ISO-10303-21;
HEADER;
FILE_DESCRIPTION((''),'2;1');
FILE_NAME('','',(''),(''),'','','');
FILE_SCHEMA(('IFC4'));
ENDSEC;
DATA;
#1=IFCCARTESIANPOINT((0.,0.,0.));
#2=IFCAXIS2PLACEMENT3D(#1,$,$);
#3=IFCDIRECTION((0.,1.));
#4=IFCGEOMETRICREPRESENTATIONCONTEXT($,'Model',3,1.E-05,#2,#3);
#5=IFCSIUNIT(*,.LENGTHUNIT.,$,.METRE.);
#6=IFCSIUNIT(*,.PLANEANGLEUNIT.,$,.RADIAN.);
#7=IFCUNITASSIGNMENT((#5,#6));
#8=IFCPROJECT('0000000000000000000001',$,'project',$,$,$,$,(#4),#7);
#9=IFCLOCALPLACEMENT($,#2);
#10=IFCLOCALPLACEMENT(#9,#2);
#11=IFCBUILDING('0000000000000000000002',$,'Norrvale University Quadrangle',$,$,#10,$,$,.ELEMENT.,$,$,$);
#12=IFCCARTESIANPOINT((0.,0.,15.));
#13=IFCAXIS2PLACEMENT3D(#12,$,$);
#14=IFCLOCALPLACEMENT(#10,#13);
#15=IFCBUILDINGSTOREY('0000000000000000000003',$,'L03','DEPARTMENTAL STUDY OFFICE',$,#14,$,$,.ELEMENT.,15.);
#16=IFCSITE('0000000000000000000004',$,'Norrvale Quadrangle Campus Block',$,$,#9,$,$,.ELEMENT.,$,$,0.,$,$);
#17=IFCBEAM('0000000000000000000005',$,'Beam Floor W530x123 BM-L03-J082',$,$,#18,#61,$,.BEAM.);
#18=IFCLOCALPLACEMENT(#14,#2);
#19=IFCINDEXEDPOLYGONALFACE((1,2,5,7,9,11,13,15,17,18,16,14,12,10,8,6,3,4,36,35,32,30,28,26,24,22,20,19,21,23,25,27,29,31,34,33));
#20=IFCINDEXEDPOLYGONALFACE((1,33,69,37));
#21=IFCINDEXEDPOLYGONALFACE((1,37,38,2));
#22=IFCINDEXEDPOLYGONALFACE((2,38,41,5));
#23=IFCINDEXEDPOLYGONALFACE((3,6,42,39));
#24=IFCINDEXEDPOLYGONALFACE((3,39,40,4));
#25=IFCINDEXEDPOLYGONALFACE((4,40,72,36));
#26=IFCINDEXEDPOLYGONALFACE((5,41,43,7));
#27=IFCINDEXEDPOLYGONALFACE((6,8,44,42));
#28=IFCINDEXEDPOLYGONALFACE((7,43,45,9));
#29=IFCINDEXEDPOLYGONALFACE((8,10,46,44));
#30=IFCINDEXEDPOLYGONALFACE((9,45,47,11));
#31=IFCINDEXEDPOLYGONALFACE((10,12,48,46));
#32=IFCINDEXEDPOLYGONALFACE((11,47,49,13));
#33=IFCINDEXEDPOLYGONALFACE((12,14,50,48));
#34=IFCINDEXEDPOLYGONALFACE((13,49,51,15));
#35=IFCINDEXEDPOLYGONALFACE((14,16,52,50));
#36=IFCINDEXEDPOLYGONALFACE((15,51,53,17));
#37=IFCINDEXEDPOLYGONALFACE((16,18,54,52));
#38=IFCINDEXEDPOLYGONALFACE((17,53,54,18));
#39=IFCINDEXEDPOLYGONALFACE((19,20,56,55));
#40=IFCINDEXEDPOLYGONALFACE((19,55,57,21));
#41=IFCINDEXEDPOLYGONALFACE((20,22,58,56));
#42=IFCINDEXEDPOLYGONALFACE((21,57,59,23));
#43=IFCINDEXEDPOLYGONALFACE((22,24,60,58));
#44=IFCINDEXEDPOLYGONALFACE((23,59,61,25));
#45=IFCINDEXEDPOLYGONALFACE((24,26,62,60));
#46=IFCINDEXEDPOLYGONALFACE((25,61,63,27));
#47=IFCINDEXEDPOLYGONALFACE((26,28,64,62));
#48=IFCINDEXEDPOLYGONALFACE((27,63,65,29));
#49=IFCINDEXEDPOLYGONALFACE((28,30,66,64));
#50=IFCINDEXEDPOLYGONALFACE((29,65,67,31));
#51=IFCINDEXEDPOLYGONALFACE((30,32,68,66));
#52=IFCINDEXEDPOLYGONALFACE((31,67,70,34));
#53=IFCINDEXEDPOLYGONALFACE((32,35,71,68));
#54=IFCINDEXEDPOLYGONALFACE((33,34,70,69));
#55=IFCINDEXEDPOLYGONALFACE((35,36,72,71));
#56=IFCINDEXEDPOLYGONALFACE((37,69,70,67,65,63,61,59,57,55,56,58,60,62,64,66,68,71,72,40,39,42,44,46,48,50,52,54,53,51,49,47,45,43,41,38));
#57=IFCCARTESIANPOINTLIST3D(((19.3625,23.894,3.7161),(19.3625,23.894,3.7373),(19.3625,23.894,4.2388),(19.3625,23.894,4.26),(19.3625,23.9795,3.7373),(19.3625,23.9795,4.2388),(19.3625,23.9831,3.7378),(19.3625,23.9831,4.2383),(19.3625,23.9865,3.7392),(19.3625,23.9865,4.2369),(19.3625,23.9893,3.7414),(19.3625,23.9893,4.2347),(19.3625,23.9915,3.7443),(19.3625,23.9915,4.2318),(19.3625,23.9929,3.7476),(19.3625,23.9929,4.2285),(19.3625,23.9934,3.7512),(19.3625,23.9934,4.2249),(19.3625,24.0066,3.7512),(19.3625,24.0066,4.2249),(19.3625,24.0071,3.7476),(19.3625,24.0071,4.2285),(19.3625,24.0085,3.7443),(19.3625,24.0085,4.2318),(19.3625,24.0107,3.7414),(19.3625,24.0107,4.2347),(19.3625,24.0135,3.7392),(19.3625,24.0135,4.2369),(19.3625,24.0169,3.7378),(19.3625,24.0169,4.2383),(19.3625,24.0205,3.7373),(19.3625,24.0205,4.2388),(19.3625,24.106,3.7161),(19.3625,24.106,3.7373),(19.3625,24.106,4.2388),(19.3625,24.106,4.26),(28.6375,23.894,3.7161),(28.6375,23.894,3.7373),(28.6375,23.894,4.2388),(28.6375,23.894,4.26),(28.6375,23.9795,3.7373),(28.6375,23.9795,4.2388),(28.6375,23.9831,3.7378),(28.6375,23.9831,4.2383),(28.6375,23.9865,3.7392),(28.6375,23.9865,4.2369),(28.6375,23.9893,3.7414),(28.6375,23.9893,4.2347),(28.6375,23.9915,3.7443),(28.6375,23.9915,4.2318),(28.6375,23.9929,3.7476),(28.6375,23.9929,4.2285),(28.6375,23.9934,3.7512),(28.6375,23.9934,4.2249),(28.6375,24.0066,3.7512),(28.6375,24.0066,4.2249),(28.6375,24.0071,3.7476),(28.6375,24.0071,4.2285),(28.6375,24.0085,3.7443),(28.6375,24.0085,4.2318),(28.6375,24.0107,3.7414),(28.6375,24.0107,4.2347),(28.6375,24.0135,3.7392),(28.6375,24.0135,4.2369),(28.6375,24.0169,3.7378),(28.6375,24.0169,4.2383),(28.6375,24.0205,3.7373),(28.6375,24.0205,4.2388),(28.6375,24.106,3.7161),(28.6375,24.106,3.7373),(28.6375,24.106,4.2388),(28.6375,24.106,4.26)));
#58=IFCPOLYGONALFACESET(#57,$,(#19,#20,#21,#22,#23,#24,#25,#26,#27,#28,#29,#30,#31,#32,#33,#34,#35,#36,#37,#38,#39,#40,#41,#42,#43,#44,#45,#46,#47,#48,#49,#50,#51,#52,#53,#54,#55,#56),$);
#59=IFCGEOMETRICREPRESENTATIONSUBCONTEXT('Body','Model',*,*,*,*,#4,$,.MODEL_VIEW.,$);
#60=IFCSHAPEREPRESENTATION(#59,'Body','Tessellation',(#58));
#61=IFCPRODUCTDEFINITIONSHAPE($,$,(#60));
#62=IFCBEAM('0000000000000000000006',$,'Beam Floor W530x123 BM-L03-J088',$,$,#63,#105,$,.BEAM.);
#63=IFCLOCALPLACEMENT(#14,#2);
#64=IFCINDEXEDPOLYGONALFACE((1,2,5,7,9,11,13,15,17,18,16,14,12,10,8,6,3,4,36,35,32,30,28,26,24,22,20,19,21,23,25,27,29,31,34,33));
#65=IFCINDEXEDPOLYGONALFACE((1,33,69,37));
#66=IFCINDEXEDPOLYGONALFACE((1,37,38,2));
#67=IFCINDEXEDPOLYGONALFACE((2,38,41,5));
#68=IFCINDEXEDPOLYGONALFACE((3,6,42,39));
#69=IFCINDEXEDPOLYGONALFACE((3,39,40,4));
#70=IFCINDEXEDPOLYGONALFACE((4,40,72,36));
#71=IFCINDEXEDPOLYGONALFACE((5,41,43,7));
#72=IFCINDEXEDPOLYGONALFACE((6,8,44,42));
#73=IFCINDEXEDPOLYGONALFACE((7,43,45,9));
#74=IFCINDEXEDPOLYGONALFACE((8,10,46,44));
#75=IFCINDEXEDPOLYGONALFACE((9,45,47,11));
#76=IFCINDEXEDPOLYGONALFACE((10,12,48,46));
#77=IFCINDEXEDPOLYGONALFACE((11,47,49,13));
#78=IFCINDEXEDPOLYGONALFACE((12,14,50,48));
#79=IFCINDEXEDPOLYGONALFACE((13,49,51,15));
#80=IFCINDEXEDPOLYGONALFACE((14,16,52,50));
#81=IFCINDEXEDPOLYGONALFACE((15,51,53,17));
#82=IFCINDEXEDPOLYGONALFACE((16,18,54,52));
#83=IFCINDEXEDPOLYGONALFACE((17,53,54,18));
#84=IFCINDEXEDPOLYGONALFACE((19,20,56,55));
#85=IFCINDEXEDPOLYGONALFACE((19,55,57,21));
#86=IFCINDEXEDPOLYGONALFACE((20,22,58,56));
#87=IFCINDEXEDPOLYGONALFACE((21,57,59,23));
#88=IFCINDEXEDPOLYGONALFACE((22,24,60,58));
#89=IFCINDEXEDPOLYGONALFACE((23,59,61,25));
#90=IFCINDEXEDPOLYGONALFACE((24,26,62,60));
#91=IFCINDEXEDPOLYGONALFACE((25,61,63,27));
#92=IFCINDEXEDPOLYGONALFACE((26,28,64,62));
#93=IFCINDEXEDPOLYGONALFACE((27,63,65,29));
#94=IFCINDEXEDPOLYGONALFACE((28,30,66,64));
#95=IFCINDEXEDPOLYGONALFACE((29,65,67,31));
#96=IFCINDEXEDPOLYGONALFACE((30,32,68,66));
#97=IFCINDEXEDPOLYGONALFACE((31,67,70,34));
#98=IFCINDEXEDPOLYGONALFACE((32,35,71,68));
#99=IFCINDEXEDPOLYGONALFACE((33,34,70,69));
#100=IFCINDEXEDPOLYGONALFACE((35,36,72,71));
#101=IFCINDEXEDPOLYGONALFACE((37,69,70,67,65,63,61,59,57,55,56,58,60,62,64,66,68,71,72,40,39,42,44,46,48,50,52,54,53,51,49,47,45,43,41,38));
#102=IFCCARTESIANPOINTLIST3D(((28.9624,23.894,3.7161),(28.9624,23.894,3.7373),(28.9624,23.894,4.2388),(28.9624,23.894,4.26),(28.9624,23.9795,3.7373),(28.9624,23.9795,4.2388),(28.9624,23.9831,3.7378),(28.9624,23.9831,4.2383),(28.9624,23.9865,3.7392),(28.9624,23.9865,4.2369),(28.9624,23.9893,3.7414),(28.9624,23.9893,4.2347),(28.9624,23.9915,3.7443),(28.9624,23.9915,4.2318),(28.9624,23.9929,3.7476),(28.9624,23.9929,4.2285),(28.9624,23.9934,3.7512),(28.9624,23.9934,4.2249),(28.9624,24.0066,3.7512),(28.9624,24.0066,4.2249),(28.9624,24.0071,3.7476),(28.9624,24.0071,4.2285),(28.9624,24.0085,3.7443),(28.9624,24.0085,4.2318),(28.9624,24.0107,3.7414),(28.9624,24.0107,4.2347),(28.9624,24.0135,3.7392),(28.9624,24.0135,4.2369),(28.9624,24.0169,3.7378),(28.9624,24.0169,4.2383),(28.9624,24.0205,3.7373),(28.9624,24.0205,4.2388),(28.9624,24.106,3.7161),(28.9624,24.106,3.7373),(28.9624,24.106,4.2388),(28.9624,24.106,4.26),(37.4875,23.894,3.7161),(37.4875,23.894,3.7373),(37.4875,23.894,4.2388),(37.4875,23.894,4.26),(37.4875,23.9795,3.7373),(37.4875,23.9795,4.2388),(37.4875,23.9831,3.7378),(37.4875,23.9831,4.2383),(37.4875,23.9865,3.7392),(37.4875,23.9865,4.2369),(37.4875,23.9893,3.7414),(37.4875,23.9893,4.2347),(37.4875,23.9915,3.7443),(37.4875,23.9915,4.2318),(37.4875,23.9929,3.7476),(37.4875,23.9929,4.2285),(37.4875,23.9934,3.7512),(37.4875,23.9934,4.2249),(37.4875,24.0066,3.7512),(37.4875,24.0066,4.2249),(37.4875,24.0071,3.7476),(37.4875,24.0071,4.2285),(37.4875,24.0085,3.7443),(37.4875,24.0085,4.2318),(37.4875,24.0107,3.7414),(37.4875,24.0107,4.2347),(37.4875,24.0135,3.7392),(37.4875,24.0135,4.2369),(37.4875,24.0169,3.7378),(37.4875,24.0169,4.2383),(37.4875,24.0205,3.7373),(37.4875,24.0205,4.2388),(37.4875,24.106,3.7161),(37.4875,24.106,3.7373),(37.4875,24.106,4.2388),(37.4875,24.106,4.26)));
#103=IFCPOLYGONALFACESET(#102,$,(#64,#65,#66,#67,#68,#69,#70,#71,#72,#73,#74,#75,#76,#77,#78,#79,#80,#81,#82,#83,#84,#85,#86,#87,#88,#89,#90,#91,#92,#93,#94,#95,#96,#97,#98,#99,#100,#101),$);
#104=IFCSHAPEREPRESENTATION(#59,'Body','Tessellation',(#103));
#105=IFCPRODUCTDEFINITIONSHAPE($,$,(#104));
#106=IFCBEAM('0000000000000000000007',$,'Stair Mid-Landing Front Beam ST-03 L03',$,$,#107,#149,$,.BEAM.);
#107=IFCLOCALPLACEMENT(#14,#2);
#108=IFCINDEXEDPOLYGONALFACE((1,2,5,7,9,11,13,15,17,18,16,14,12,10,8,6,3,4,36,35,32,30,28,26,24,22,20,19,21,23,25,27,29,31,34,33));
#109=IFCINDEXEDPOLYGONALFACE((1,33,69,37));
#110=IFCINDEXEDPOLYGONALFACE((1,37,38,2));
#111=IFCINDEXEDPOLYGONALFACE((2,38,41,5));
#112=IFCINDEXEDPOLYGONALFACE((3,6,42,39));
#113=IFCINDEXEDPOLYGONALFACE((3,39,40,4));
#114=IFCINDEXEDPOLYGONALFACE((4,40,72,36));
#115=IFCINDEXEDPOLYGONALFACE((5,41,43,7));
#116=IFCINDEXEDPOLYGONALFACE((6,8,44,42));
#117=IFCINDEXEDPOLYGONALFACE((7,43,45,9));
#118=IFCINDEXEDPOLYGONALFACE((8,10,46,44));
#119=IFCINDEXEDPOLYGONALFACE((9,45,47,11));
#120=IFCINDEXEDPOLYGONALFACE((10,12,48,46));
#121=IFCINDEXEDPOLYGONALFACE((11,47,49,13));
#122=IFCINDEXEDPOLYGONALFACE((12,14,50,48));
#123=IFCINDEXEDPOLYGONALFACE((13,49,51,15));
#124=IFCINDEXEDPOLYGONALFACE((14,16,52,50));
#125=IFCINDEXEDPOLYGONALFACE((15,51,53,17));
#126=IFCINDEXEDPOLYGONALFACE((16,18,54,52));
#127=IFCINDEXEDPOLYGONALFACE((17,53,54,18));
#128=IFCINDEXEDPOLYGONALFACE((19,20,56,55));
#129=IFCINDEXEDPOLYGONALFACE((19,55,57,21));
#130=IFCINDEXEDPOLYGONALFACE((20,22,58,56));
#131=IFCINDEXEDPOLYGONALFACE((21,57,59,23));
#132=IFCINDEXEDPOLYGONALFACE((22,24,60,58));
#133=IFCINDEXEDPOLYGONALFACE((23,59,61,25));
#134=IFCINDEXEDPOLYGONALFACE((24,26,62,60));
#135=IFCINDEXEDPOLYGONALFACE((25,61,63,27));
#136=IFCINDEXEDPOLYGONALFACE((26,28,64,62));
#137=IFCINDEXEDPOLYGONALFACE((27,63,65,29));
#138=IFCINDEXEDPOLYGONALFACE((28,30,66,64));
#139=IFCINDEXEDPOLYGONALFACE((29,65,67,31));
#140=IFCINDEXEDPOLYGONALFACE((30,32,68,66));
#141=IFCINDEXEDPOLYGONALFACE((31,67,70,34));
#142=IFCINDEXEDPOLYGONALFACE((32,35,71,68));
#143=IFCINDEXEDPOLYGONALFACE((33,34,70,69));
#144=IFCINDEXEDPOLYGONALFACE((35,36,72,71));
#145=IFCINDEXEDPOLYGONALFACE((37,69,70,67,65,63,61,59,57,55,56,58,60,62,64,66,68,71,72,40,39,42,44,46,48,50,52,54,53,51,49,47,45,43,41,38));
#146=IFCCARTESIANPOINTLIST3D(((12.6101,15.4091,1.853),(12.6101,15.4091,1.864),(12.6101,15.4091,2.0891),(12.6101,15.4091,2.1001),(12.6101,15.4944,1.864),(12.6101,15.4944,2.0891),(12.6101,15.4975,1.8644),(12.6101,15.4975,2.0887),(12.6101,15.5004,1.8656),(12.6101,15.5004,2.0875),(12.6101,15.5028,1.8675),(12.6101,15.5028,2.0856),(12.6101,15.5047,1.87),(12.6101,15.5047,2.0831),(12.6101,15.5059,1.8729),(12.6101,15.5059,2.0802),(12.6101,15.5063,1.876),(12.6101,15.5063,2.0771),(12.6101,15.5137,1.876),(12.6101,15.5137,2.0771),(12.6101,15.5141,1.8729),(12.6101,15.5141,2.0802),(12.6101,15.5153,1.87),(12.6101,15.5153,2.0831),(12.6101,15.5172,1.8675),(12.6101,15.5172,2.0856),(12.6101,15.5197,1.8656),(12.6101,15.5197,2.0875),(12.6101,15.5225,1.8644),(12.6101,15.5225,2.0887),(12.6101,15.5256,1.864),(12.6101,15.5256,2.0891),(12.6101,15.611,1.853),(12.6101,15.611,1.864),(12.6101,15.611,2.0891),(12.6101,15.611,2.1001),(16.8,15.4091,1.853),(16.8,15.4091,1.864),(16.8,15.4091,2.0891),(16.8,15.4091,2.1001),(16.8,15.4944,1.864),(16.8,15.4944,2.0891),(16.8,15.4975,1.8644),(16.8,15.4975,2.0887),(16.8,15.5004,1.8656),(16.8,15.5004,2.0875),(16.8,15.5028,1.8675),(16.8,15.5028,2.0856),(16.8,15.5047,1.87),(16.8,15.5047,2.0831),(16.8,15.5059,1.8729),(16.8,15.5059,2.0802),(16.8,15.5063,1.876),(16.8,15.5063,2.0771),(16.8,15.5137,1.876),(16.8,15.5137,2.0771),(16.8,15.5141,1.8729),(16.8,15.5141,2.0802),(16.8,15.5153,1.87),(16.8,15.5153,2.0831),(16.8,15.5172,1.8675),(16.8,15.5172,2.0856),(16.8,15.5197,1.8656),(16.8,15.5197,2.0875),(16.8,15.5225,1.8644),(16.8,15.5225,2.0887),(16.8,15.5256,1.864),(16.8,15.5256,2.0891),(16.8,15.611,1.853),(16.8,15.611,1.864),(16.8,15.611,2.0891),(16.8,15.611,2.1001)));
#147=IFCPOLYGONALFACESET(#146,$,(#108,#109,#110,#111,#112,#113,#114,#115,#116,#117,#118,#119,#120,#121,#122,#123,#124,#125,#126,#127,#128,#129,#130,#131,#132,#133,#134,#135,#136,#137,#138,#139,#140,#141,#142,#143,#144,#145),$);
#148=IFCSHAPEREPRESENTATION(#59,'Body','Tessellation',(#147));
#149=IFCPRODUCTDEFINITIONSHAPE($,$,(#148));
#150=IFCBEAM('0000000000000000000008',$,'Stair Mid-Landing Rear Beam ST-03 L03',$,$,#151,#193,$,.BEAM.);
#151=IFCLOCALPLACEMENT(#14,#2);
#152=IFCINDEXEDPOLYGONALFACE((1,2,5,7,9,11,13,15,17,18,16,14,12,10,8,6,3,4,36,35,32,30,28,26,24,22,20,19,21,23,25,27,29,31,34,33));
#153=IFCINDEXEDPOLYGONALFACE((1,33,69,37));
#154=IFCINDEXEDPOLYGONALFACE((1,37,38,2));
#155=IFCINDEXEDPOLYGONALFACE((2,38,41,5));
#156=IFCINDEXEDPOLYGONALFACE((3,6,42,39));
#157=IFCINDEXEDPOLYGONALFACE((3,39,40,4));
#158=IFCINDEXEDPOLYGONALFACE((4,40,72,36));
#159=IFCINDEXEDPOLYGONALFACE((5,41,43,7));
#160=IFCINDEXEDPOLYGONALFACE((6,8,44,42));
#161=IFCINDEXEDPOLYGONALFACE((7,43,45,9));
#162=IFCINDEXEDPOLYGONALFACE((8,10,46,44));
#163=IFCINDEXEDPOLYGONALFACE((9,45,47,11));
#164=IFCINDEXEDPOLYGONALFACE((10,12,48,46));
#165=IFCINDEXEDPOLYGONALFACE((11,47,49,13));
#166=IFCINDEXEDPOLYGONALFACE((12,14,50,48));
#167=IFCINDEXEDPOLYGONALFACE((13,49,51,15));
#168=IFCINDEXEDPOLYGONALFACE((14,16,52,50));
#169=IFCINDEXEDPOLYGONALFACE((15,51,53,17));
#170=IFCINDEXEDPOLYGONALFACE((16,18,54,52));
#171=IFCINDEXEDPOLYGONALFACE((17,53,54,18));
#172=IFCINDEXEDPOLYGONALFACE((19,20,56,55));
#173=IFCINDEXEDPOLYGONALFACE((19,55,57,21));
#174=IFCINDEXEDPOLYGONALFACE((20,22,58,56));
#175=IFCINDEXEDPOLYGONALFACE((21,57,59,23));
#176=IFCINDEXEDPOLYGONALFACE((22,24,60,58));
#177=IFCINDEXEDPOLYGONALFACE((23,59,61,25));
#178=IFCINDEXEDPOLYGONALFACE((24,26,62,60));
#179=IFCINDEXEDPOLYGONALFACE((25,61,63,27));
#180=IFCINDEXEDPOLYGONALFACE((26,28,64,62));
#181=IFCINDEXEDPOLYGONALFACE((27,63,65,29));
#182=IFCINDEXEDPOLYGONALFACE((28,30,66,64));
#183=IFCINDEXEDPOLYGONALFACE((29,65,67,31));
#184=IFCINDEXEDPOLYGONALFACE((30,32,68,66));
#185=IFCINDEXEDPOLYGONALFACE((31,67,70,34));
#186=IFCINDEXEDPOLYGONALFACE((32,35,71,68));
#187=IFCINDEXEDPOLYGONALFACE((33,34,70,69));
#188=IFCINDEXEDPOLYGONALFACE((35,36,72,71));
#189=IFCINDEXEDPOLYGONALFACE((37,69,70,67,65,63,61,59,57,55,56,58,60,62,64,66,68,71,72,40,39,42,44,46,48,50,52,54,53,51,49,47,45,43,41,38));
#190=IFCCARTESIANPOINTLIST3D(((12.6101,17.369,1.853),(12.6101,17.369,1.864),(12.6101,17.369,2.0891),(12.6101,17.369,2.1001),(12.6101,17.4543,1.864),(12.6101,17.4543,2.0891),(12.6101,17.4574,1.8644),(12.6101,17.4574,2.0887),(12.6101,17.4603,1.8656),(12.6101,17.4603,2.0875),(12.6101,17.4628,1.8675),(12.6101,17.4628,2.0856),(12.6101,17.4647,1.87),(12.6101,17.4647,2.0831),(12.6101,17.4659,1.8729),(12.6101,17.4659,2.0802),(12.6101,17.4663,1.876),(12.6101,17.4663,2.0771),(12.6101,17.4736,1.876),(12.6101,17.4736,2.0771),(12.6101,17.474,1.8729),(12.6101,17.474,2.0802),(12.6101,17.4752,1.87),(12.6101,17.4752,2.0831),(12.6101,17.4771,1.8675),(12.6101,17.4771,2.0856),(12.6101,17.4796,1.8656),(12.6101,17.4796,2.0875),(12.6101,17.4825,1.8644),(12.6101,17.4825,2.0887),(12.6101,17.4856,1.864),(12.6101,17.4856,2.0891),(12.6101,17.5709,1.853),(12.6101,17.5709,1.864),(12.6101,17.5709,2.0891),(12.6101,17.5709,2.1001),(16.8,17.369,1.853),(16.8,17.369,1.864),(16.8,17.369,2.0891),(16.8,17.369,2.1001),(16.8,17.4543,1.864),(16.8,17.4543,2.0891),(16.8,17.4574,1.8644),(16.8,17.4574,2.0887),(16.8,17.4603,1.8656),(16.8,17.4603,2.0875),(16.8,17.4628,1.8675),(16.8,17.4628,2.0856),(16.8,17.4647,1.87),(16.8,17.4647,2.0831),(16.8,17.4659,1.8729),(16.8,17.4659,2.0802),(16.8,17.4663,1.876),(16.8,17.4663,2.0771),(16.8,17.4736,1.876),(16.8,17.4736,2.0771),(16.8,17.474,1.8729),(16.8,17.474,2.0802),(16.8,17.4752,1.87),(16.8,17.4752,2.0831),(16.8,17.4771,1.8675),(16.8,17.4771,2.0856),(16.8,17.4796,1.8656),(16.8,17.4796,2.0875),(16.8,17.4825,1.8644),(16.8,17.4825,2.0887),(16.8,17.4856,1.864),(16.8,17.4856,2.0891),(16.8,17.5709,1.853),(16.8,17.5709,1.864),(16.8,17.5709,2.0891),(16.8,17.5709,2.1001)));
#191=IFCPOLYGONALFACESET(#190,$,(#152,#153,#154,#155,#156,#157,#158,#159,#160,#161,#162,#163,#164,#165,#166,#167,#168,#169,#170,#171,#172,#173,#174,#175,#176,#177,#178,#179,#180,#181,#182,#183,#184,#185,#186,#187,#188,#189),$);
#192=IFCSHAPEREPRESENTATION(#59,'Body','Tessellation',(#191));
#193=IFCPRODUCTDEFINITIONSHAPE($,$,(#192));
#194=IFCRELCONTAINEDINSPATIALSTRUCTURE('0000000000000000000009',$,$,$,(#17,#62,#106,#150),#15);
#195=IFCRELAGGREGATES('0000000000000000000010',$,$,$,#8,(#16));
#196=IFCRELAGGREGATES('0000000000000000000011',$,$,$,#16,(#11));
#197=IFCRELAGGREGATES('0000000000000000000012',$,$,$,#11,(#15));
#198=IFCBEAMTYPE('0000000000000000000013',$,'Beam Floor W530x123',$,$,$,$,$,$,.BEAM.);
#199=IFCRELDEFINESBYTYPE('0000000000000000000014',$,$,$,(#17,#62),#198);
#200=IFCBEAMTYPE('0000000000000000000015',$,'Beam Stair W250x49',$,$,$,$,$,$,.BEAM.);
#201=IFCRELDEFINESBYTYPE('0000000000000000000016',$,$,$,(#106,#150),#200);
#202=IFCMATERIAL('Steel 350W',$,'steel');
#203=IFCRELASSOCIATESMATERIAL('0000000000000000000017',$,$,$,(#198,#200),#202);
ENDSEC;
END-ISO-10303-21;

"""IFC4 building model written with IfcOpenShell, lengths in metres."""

from ifc_helpers import new_model, si_unit, direction, frame, origin, origin_2d, place, context, subcontext, project, spatial, i_section, extrude, material, material_profile, profile_set, type_object, element, save


model = new_model("IFC4")

# Units and contexts
model_context = context("Model", 3, precision=1e-05, world=origin(), true_north=direction((0.0, 1.0)))
body_context = subcontext(model_context, "Body", "Model", "MODEL_VIEW")
ifc_project = project(units=[si_unit("LENGTHUNIT", "METRE"), si_unit("PLANEANGLEUNIT", "RADIAN")], contexts=[model_context])

# Site, building, storey
site_placement = place(None, origin())
site = spatial("IfcSite", under=ifc_project, at=site_placement, Name="Norrvale Quadrangle Campus Block", CompositionType="ELEMENT", RefElevation=0.0)
building_placement = place(site_placement, origin())
building = spatial("IfcBuilding", under=site, at=building_placement, Name="Norrvale University Quadrangle", CompositionType="ELEMENT")
storey_placement = place(building_placement, frame((0.0, 0.0, 15.0)))
storey = spatial("IfcBuildingStorey", under=building, at=storey_placement, Name="L03", Description="DEPARTMENTAL STUDY OFFICE", CompositionType="ELEMENT", Elevation=15.0)

# Beams
ifc_material_1 = material(Name="Steel 350W", Category="steel")
ifc_material_profile_1 = material_profile(ifc_material_1, i_section(OverallWidth=0.2119, OverallDepth=0.5439, WebThickness=0.0132, FlangeThickness=0.0212, FilletRadius=0.0139, at=origin_2d()), Name="Steel 350W")
ifc_profile_set_1 = profile_set([ifc_material_profile_1], Name="Steel 350W")
beam_type_1 = type_object("IfcBeamType", Name="Beam Floor W530x123", PredefinedType="BEAM", material=ifc_profile_set_1)
for number, where, z_axis, x_axis, name in (
    (1, (19.3625, 24.0, 3.988), (1.0, 0.0, 0.0), (0.0, 1.0, 0.0), "Beam Floor W530x123 BM-L03-J082"),
):
    element("IfcBeam", number, at=place(storey_placement, frame(where, z_axis=z_axis, x_axis=x_axis)), inside=storey, type_object=beam_type_1, Name=name, PredefinedType="BEAM", context=body_context, shape_type="SweptSolid", body=[
        extrude(i_section(OverallWidth=0.2119, OverallDepth=0.5439, WebThickness=0.0132, FlangeThickness=0.0212, FilletRadius=0.0139, at=origin_2d()), origin(), (0.0, 0.0, 1.0), 9.2749),
    ])
beam_1_placement = place(storey_placement, frame((28.9624, 24.0, 3.988), z_axis=(1.0, 0.0, 0.0), x_axis=(0.0, 1.0, 0.0)))
element("IfcBeam", 2, at=beam_1_placement, inside=storey, type_object=beam_type_1, Name="Beam Floor W530x123 BM-L03-J088", PredefinedType="BEAM", context=body_context, shape_type="SweptSolid", body=[
    extrude(i_section(OverallWidth=0.2119, OverallDepth=0.5439, WebThickness=0.0132, FlangeThickness=0.0212, FilletRadius=0.0139, at=origin_2d()), origin(), (0.0, 0.0, 1.0), 8.5251),
])
ifc_material_profile_2 = material_profile(ifc_material_1, i_section(OverallWidth=0.2019, OverallDepth=0.2471, WebThickness=0.0073, FlangeThickness=0.011, FilletRadius=0.012, at=origin_2d()), Name="Steel 350W")
ifc_profile_set_2 = profile_set([ifc_material_profile_2], Name="Steel 350W")
beam_type_2 = type_object("IfcBeamType", Name="Beam Stair W250x49", PredefinedType="BEAM", material=ifc_profile_set_2)
for number, where, z_axis, x_axis, name in (
    (3, (12.6101, 15.51, 1.9766), (1.0, 0.0, 0.0), (0.0, 1.0, 0.0), "Stair Mid-Landing Front Beam ST-03 L03"),
    (4, (12.6101, 17.47, 1.9766), (1.0, 0.0, 0.0), (0.0, 1.0, 0.0), "Stair Mid-Landing Rear Beam ST-03 L03"),
):
    element("IfcBeam", number, at=place(storey_placement, frame(where, z_axis=z_axis, x_axis=x_axis)), inside=storey, type_object=beam_type_2, Name=name, PredefinedType="BEAM", context=body_context, shape_type="SweptSolid", body=[
        extrude(i_section(OverallWidth=0.2019, OverallDepth=0.2471, WebThickness=0.0073, FlangeThickness=0.011, FilletRadius=0.012, at=origin_2d()), origin(), (0.0, 0.0, 1.0), 4.1899),
    ])

save(model, "model.ifc")
